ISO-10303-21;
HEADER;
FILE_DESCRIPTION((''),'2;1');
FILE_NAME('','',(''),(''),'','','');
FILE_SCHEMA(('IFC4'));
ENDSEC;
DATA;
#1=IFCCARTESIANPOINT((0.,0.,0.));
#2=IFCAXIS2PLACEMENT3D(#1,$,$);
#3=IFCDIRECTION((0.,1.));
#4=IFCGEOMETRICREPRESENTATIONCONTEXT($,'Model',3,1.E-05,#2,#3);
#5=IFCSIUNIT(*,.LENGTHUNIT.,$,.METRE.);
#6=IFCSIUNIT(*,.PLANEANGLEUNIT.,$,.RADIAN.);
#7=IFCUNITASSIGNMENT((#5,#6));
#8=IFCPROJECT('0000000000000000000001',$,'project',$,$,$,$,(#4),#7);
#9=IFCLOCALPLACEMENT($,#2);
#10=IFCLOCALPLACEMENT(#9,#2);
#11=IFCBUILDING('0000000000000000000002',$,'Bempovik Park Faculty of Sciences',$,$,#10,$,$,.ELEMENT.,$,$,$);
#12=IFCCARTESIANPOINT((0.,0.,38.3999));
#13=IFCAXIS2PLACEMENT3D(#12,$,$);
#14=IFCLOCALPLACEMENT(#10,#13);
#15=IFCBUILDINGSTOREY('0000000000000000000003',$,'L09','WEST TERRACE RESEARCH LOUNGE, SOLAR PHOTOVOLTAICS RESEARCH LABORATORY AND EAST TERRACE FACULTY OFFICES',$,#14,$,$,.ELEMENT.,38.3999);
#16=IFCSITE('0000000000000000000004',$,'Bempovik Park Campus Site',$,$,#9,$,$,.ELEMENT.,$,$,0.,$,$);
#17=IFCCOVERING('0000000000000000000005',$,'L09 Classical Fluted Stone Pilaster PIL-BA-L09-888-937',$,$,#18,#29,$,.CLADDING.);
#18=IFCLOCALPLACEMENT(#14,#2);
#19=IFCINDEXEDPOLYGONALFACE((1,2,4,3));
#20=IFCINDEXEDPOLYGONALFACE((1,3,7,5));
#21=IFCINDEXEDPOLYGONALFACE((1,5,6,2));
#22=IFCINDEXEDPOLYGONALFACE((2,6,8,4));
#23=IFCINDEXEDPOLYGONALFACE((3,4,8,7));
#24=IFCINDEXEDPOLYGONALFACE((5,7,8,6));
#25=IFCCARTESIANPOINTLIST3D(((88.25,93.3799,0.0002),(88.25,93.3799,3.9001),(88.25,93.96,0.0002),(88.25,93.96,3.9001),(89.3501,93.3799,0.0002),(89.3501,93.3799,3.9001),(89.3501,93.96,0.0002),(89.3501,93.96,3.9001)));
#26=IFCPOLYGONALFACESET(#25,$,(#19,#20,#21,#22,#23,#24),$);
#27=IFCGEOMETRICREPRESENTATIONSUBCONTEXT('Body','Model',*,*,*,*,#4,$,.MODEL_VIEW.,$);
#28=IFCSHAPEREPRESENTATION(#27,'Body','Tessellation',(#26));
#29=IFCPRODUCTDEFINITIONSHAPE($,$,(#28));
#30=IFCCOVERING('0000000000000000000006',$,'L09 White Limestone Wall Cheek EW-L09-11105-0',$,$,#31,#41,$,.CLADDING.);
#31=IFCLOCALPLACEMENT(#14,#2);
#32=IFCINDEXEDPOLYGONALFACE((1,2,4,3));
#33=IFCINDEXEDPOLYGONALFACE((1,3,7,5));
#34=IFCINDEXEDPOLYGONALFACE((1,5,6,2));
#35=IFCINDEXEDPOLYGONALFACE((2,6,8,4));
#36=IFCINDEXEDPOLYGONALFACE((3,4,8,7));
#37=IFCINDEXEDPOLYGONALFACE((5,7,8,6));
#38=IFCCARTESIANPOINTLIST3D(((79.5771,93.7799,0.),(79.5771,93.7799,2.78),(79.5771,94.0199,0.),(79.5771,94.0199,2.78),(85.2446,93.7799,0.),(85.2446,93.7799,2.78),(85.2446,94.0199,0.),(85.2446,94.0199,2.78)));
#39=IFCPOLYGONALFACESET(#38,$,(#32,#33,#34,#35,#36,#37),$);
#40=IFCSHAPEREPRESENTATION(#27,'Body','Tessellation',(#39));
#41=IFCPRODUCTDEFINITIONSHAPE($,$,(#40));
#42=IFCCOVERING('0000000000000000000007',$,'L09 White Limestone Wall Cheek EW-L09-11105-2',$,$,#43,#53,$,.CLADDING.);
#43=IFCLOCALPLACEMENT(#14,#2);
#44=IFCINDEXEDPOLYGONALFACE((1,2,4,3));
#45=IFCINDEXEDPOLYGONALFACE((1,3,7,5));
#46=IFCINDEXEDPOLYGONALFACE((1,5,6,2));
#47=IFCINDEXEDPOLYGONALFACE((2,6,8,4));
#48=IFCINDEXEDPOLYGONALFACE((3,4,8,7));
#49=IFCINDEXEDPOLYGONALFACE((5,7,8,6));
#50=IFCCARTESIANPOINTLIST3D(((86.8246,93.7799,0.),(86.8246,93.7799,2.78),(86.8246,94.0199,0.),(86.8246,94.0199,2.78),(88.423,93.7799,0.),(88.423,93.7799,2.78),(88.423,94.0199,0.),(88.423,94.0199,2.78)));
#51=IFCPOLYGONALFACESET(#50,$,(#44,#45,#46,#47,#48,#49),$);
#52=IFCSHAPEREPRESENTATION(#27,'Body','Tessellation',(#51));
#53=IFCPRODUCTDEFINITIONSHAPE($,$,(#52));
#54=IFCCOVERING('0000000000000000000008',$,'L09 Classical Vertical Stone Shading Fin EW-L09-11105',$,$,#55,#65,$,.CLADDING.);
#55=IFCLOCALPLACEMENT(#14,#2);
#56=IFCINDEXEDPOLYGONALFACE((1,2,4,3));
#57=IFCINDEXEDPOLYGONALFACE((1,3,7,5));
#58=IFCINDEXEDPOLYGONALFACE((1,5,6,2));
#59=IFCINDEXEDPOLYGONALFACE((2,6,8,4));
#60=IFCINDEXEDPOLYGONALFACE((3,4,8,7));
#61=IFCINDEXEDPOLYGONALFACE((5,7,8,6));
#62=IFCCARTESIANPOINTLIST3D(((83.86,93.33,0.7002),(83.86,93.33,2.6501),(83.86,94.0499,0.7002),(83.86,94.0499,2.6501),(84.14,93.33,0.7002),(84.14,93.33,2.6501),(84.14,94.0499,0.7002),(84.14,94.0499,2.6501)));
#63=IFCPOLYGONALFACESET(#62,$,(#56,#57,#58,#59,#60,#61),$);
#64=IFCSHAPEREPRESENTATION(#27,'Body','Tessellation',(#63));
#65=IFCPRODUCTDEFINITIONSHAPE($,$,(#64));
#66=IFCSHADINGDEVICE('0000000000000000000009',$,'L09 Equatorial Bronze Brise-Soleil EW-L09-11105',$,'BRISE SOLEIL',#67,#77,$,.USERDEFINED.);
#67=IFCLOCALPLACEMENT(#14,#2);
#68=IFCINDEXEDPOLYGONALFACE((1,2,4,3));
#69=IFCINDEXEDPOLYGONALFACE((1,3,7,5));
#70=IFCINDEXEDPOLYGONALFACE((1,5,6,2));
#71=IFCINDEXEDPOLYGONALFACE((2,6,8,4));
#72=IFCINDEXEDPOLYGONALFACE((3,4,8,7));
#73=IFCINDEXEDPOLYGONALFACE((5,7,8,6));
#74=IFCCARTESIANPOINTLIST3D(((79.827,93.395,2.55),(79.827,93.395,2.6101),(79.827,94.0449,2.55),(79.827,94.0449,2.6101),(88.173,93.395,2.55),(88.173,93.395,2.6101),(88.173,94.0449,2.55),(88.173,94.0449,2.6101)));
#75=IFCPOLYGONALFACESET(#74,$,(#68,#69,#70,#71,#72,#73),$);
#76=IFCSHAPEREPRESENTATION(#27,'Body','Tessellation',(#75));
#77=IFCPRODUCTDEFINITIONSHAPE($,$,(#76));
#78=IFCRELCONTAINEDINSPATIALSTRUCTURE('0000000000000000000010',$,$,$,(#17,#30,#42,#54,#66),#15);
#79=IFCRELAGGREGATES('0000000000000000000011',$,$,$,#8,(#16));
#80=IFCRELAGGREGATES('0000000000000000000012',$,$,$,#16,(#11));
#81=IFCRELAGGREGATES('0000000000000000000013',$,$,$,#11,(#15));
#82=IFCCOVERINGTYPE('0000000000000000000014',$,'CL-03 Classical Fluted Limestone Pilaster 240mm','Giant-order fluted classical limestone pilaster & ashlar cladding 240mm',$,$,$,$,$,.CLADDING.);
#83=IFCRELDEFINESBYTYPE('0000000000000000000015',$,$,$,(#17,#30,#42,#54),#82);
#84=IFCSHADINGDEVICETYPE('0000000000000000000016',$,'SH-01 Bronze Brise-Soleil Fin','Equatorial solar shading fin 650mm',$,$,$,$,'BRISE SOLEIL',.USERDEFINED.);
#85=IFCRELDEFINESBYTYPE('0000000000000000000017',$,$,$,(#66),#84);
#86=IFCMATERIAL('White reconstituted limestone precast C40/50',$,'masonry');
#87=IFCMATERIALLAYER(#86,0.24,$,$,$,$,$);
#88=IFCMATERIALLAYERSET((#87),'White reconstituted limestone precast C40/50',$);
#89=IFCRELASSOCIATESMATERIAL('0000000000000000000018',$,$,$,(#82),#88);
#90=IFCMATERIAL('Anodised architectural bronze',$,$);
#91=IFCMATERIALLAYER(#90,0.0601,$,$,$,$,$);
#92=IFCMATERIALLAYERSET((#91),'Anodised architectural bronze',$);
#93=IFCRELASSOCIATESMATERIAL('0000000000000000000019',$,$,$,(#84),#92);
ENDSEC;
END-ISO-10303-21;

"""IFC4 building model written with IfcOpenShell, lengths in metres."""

from ifc_helpers import new_model, si_unit, direction, frame, origin, origin_2d, place, context, subcontext, project, spatial, rectangle, extrude, material, layer, layer_set, type_object, element, save


model = new_model("IFC4")

# Units and contexts
model_context = context("Model", 3, precision=1e-05, world=origin(), true_north=direction((0.0, 1.0)))
body_context = subcontext(model_context, "Body", "Model", "MODEL_VIEW")
ifc_project = project(units=[si_unit("LENGTHUNIT", "METRE"), si_unit("PLANEANGLEUNIT", "RADIAN")], contexts=[model_context])

# Site, building, storey
site_placement = place(None, origin())
site = spatial("IfcSite", under=ifc_project, at=site_placement, Name="Bempovik Park Campus Site", CompositionType="ELEMENT", RefElevation=0.0)
building_placement = place(site_placement, origin())
building = spatial("IfcBuilding", under=site, at=building_placement, Name="Bempovik Park Faculty of Sciences", CompositionType="ELEMENT")
storey_placement = place(building_placement, frame((0.0, 0.0, 38.3999)))
storey = spatial("IfcBuildingStorey", under=building, at=storey_placement, Name="L09", Description="WEST TERRACE RESEARCH LOUNGE, SOLAR PHOTOVOLTAICS RESEARCH LABORATORY AND EAST TERRACE FACULTY OFFICES", CompositionType="ELEMENT", Elevation=38.3999)

# Coverings
ifc_material_1 = material(Name="White reconstituted limestone precast C40/50", Category="masonry")
ifc_layer_1 = layer(ifc_material_1, 0.24)
ifc_layer_set_1 = layer_set([ifc_layer_1], Name="White reconstituted limestone precast C40/50")
covering_type_1 = type_object("IfcCoveringType", Name="CL-03 Classical Fluted Limestone Pilaster 240mm", Description="Giant-order fluted classical limestone pilaster & ashlar cladding 240mm", PredefinedType="CLADDING", material=ifc_layer_set_1)
covering_1_placement = place(storey_placement, frame((88.8, 93.6699, 0.0002), z_axis=(0.0, 0.0, 1.0), x_axis=(1.0, 0.0, 0.0)))
element("IfcCovering", 1, at=covering_1_placement, inside=storey, type_object=covering_type_1, Name="L09 Classical Fluted Stone Pilaster PIL-BA-L09-888-937", PredefinedType="CLADDING", context=body_context, shape_type="SweptSolid", body=[
    extrude(rectangle(XDim=1.1001, YDim=0.5801, at=origin_2d()), origin(), (0.0, 0.0, 1.0), 3.8999),
])
covering_2_placement = place(storey_placement, frame((82.4109, 93.8999, 0.0), z_axis=(0.0, 0.0, 1.0), x_axis=(1.0, 0.0, 0.0)))
element("IfcCovering", 2, at=covering_2_placement, inside=storey, type_object=covering_type_1, Name="L09 White Limestone Wall Cheek EW-L09-11105-0", PredefinedType="CLADDING", context=body_context, shape_type="SweptSolid", body=[
    extrude(rectangle(XDim=5.6675, YDim=0.24, at=origin_2d()), origin(), (0.0, 0.0, 1.0), 2.78),
])
covering_3_placement = place(storey_placement, frame((87.6238, 93.8999, 0.0), z_axis=(0.0, 0.0, 1.0), x_axis=(1.0, 0.0, 0.0)))
element("IfcCovering", 3, at=covering_3_placement, inside=storey, type_object=covering_type_1, Name="L09 White Limestone Wall Cheek EW-L09-11105-2", PredefinedType="CLADDING", context=body_context, shape_type="SweptSolid", body=[
    extrude(rectangle(XDim=1.5984, YDim=0.24, at=origin_2d()), origin(), (0.0, 0.0, 1.0), 2.78),
])
covering_4_placement = place(storey_placement, frame((84.0, 93.6899, 0.7002), z_axis=(0.0, 0.0, 1.0), x_axis=(1.0, 0.0, 0.0)))
element("IfcCovering", 4, at=covering_4_placement, inside=storey, type_object=covering_type_1, Name="L09 Classical Vertical Stone Shading Fin EW-L09-11105", PredefinedType="CLADDING", context=body_context, shape_type="SweptSolid", body=[
    extrude(rectangle(XDim=0.28, YDim=0.72, at=origin_2d()), origin(), (0.0, 0.0, 1.0), 1.95),
])

# Shading device
ifc_material_2 = material(Name="Anodised architectural bronze")
ifc_layer_2 = layer(ifc_material_2, 0.0601)
ifc_layer_set_2 = layer_set([ifc_layer_2], Name="Anodised architectural bronze")
shading_device_type = type_object("IfcShadingDeviceType", Name="SH-01 Bronze Brise-Soleil Fin", Description="Equatorial solar shading fin 650mm", ElementType="BRISE SOLEIL", PredefinedType="USERDEFINED", material=ifc_layer_set_2)
shading_device_placement = place(storey_placement, frame((84.0, 93.72, 2.55), z_axis=(0.0, 0.0, 1.0), x_axis=(1.0, 0.0, 0.0)))
element("IfcShadingDevice", 5, at=shading_device_placement, inside=storey, type_object=shading_device_type, Name="L09 Equatorial Bronze Brise-Soleil EW-L09-11105", ObjectType="BRISE SOLEIL", PredefinedType="USERDEFINED", context=body_context, shape_type="SweptSolid", body=[
    extrude(rectangle(XDim=8.3459, YDim=0.6499, at=origin_2d()), origin(), (0.0, 0.0, 1.0), 0.0601),
])

save(model, "model.ifc")
